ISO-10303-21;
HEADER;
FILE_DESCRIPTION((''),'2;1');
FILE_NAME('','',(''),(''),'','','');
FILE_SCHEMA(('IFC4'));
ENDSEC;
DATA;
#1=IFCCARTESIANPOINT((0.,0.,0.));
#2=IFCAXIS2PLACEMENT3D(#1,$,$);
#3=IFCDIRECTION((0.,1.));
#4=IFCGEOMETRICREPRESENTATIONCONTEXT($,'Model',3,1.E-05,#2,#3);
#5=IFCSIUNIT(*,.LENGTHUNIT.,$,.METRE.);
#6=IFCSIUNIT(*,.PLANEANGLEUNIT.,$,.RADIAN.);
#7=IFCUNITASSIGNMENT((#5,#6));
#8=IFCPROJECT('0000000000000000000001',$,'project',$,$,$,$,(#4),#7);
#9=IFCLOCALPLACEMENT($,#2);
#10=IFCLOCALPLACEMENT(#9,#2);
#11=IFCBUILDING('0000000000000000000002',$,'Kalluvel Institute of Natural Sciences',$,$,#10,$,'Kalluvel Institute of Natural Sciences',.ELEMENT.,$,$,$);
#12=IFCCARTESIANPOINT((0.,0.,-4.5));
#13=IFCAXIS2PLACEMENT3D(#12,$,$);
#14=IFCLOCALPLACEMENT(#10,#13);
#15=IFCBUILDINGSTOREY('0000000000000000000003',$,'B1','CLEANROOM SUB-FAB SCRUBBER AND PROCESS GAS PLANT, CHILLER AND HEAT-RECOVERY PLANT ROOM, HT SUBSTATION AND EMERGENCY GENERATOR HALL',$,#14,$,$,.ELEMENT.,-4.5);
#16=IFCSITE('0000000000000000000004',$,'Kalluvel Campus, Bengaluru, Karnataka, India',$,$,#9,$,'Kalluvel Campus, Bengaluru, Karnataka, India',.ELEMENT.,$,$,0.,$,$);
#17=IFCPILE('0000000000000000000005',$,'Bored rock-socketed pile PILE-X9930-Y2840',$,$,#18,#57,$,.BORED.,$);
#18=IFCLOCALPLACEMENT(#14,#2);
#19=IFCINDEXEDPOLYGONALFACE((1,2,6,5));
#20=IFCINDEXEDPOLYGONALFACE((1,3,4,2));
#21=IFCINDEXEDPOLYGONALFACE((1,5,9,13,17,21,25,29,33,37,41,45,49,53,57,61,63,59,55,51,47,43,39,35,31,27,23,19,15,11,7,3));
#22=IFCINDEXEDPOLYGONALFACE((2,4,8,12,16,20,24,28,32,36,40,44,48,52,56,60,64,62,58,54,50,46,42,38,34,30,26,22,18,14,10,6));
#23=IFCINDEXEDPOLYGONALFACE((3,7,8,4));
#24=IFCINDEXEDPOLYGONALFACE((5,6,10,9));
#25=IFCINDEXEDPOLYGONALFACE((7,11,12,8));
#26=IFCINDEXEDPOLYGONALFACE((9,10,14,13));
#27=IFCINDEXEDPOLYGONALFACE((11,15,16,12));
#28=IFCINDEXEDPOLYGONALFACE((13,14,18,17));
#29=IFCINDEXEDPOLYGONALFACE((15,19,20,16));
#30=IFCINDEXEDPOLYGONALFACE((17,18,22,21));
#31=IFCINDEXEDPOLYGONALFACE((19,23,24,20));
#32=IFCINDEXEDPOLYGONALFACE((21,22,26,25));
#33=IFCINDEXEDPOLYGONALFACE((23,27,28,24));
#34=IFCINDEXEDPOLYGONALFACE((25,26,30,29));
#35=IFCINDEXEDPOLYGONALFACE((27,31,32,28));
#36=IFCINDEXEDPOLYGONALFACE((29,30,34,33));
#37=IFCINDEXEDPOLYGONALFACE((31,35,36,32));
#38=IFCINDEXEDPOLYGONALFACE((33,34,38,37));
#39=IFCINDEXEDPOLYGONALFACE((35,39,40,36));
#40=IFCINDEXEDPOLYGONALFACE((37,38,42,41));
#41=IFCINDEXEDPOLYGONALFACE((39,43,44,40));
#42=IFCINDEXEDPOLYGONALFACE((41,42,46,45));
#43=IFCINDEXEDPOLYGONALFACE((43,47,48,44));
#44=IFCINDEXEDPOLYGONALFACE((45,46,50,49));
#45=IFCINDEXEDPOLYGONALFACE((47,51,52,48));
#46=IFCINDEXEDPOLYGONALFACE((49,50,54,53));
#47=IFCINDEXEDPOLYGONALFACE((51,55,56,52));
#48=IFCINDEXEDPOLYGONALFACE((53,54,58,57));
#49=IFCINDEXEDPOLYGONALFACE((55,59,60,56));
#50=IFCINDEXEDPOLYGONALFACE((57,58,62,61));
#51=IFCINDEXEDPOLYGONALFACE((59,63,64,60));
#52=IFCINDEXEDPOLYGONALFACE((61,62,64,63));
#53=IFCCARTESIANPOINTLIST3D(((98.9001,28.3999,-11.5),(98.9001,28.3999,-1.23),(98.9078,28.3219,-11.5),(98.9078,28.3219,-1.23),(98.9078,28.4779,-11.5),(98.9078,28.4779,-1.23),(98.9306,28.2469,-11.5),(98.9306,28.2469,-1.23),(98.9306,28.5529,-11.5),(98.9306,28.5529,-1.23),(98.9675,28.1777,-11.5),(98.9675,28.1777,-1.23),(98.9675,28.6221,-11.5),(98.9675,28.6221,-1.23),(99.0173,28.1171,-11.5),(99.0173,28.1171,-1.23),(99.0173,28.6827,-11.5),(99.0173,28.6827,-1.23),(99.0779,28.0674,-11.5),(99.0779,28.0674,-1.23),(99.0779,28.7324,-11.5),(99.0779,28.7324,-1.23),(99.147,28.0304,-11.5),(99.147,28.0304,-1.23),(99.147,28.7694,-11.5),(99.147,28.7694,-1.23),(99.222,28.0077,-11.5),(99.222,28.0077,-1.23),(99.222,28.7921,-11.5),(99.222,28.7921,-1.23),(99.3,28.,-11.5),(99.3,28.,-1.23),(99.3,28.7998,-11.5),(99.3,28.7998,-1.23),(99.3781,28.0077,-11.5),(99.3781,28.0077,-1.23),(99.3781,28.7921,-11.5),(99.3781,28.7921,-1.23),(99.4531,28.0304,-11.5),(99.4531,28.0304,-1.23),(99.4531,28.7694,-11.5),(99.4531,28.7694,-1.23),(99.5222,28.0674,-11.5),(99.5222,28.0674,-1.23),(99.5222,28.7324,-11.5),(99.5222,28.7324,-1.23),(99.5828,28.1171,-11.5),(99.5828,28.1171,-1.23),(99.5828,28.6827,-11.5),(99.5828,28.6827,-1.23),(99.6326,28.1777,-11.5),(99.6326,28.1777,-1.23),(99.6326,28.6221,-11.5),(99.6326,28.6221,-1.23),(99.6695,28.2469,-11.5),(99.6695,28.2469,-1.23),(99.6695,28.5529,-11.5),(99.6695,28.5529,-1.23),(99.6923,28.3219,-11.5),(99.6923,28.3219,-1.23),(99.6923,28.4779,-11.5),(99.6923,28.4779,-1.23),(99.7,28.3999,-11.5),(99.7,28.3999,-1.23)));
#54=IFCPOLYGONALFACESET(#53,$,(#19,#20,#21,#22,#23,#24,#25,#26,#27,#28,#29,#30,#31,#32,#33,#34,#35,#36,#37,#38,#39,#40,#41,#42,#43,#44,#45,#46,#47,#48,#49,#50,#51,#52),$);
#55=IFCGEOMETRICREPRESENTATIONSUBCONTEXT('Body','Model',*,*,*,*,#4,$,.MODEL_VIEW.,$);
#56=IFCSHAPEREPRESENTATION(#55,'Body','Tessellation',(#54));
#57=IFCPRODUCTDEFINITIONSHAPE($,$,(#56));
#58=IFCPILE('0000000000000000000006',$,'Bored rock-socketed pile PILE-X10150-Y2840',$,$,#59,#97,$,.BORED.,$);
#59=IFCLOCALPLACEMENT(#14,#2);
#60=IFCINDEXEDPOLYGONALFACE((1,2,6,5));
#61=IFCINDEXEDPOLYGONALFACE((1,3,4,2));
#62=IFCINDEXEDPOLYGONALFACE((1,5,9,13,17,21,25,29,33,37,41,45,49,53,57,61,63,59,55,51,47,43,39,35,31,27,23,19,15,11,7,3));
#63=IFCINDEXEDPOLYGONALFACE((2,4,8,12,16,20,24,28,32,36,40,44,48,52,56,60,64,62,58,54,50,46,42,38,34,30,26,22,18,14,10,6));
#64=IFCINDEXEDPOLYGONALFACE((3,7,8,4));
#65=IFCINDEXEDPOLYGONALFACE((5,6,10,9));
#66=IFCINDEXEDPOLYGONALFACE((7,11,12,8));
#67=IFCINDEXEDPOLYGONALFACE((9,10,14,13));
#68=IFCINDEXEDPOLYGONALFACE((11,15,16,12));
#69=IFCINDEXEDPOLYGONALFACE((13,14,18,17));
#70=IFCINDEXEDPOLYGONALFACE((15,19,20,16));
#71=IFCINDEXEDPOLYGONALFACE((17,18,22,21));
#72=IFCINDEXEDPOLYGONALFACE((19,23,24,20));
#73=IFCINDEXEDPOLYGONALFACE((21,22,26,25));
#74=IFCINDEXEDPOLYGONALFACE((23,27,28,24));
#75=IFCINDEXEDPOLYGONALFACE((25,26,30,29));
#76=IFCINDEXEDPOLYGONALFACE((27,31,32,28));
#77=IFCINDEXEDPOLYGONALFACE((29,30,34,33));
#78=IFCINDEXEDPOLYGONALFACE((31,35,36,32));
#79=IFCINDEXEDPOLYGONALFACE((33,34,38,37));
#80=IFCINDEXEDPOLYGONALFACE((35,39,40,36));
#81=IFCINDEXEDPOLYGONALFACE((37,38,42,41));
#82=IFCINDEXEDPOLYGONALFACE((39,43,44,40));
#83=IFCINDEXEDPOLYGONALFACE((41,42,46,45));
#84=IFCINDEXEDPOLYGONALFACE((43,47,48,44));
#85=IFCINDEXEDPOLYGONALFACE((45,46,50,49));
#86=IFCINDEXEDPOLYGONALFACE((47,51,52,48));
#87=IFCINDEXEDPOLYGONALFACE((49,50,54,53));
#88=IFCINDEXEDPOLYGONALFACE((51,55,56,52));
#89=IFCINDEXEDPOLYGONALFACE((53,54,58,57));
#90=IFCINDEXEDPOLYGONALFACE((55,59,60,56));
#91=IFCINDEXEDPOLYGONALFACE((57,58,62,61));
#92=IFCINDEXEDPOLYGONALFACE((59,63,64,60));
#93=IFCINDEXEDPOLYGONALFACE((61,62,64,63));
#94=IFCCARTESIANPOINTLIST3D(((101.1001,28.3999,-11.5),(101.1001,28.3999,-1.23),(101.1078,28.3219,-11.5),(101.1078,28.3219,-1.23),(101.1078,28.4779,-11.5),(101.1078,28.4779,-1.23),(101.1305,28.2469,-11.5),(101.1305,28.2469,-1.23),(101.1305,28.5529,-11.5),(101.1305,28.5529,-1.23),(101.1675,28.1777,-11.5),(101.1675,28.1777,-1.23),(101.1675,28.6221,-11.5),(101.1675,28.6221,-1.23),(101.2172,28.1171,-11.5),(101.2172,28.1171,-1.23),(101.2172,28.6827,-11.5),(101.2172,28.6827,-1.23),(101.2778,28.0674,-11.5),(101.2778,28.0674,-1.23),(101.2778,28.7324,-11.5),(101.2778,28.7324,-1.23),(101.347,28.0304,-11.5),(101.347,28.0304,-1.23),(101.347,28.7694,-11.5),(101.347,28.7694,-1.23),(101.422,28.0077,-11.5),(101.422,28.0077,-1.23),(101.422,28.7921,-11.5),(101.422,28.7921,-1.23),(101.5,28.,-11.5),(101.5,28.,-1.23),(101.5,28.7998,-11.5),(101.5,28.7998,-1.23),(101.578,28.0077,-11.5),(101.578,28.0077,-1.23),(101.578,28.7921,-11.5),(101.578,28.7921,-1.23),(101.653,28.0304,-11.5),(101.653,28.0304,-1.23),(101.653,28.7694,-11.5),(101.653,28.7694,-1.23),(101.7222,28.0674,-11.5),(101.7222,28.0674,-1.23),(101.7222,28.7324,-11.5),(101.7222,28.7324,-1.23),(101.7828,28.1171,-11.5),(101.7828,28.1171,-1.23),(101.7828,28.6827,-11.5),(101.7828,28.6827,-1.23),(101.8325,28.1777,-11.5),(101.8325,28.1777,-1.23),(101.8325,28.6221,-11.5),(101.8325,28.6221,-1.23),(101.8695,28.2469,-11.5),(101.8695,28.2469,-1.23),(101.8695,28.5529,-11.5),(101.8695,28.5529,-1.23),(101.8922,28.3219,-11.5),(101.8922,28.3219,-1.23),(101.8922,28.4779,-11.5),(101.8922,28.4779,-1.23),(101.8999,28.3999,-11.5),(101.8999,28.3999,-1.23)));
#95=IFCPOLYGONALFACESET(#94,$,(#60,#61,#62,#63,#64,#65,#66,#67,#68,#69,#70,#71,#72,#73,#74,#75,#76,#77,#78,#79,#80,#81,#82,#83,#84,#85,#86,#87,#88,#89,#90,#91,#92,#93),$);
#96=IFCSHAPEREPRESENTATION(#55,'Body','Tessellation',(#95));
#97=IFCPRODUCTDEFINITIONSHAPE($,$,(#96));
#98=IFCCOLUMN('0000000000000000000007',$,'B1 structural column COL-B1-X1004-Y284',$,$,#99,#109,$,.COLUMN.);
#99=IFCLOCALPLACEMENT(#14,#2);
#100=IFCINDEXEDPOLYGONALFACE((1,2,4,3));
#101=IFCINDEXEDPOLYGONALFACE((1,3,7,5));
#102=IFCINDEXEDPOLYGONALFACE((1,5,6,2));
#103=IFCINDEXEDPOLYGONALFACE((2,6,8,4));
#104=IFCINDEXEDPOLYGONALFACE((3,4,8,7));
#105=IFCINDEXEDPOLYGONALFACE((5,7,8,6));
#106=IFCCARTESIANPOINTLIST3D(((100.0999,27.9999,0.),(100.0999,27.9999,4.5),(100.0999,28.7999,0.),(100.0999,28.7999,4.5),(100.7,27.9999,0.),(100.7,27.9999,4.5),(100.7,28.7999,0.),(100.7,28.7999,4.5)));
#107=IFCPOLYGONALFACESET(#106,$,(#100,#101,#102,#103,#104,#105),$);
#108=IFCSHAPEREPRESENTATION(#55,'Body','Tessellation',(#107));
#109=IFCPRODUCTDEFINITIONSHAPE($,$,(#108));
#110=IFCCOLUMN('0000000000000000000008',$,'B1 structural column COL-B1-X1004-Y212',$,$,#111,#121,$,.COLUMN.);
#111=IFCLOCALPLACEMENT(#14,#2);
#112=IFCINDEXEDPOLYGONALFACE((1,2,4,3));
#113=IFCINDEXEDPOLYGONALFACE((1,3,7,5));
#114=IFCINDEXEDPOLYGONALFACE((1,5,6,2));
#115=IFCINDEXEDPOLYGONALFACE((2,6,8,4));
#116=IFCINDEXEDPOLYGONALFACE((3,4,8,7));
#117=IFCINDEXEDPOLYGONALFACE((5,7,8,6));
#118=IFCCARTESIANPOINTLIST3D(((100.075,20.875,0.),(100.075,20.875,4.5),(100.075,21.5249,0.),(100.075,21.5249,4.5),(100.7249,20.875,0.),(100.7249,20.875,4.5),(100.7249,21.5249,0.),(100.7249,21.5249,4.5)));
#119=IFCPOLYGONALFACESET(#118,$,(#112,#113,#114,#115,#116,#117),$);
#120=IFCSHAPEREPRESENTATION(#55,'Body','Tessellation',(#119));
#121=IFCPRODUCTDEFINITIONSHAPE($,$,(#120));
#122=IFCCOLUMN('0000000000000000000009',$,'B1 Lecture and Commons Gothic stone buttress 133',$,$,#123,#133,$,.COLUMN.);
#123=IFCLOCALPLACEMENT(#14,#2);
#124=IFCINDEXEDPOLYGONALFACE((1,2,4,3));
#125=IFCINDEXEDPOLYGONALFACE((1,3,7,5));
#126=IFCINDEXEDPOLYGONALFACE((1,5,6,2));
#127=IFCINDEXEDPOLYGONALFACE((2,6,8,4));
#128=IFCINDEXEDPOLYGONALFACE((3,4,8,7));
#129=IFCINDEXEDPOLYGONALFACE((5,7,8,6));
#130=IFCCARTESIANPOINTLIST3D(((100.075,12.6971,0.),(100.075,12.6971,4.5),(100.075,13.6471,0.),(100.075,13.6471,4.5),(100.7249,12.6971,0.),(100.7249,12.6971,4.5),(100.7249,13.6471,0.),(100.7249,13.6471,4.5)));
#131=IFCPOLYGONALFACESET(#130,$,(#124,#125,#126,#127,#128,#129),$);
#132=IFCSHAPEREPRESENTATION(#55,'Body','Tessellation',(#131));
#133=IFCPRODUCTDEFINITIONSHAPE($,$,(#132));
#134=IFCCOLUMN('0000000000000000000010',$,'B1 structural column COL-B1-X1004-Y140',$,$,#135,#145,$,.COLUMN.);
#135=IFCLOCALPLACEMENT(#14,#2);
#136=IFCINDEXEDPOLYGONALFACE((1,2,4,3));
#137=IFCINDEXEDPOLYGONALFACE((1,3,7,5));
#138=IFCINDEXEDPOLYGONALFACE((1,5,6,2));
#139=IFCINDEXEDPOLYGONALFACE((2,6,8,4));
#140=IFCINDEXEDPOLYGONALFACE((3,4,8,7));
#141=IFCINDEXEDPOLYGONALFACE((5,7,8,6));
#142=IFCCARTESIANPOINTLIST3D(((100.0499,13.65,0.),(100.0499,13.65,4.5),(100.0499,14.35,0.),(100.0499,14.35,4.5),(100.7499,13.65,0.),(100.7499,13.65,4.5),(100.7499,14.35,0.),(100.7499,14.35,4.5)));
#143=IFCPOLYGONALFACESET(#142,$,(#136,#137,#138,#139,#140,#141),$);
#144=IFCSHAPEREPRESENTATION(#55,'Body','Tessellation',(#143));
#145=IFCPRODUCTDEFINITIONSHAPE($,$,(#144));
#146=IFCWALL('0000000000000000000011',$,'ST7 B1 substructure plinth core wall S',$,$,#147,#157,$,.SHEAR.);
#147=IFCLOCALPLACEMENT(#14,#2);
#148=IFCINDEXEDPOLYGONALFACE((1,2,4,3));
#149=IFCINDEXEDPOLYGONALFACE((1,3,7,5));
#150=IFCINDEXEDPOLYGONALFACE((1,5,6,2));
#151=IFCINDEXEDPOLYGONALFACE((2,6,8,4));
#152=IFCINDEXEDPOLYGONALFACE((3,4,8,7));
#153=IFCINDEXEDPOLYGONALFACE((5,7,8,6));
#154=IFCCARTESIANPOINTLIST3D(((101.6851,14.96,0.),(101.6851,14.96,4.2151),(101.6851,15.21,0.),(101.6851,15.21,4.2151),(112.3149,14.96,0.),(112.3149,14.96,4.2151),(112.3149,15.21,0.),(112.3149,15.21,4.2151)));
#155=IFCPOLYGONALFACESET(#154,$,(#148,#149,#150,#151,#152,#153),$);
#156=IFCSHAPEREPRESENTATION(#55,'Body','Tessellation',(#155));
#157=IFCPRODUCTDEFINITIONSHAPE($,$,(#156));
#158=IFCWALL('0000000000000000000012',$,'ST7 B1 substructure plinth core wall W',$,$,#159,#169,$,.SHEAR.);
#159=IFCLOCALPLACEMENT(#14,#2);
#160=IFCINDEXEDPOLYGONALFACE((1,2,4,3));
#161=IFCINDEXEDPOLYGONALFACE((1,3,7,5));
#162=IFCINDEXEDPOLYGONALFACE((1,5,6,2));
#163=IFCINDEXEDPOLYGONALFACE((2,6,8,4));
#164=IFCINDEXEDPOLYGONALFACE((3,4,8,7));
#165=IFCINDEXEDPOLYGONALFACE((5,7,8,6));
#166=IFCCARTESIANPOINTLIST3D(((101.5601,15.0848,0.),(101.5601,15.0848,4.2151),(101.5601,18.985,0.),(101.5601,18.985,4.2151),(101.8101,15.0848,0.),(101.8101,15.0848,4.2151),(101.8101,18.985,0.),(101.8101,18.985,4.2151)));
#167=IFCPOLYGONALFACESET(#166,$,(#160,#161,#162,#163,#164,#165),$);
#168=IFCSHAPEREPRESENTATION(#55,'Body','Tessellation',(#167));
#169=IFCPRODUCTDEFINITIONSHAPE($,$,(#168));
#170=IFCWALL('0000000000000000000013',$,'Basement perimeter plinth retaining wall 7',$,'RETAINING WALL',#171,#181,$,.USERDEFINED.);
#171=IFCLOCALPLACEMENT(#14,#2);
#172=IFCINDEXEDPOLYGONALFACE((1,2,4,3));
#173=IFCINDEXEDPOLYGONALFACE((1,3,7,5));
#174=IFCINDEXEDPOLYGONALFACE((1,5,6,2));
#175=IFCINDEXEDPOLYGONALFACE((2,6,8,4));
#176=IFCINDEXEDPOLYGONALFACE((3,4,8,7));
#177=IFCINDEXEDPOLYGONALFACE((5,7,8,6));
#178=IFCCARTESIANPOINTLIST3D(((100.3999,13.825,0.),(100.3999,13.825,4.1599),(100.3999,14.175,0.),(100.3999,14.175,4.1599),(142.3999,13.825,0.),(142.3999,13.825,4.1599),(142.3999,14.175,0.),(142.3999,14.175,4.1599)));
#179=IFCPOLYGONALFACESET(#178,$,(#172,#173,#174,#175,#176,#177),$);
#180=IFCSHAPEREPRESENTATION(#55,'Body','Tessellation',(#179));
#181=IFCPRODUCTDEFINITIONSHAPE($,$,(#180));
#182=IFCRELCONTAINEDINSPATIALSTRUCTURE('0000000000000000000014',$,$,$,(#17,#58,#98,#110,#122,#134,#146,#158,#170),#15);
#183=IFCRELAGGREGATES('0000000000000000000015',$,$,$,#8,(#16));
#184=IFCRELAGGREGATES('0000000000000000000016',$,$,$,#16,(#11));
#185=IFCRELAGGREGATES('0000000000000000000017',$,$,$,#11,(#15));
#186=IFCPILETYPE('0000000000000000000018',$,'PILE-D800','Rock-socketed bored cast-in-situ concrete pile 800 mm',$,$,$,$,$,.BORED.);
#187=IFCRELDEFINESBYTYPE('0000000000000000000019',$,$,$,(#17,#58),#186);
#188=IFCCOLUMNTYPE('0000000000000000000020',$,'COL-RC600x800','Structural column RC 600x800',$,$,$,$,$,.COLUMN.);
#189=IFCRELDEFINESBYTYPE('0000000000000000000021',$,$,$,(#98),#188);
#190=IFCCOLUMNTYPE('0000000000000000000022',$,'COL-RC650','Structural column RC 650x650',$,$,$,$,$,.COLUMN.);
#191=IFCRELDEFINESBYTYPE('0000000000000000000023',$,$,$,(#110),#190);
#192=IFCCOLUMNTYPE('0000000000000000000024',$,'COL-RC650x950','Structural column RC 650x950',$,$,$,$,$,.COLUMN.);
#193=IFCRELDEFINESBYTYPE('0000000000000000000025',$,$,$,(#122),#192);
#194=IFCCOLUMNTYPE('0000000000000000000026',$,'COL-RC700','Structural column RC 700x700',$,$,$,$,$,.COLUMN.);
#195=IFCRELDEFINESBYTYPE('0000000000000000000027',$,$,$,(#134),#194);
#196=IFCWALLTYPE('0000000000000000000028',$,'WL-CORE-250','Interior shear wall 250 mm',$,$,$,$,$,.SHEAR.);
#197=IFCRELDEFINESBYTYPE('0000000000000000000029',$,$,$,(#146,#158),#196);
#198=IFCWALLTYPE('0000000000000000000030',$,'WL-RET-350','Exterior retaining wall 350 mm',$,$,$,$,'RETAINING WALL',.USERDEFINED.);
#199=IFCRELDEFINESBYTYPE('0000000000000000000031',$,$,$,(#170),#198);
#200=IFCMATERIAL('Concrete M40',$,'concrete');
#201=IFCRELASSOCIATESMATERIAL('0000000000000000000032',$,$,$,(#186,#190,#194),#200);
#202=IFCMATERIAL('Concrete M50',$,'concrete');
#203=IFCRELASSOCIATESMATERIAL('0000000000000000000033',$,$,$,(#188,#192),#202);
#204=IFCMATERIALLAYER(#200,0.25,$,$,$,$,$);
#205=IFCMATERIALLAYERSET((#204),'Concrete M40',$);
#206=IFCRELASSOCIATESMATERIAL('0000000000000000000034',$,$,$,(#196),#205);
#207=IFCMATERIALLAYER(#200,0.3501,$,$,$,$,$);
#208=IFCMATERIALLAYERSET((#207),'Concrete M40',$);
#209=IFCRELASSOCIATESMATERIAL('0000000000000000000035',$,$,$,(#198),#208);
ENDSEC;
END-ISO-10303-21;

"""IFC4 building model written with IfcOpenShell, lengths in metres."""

from ifc_helpers import new_model, si_unit, direction, frame, frame_2d, origin, origin_2d, place, context, subcontext, project, spatial, rectangle, circle, extrude, material, layer, layer_set, material_profile, profile_set, type_object, element, save


model = new_model("IFC4")

# Units and contexts
model_context = context("Model", 3, precision=1e-05, world=origin(), true_north=direction((0.0, 1.0)))
body_context = subcontext(model_context, "Body", "Model", "MODEL_VIEW")
ifc_project = project(units=[si_unit("LENGTHUNIT", "METRE"), si_unit("PLANEANGLEUNIT", "RADIAN")], contexts=[model_context])

# Site, building, storey
site_placement = place(None, origin())
site = spatial("IfcSite", under=ifc_project, at=site_placement, Name="Kalluvel Campus, Bengaluru, Karnataka, India", LongName="Kalluvel Campus, Bengaluru, Karnataka, India", CompositionType="ELEMENT", RefElevation=0.0)
building_placement = place(site_placement, origin())
building = spatial("IfcBuilding", under=site, at=building_placement, Name="Kalluvel Institute of Natural Sciences", LongName="Kalluvel Institute of Natural Sciences", CompositionType="ELEMENT")
storey_placement = place(building_placement, frame((0.0, 0.0, -4.5)))
storey = spatial("IfcBuildingStorey", under=building, at=storey_placement, Name="B1", Description="CLEANROOM SUB-FAB SCRUBBER AND PROCESS GAS PLANT, CHILLER AND HEAT-RECOVERY PLANT ROOM, HT SUBSTATION AND EMERGENCY GENERATOR HALL", CompositionType="ELEMENT", Elevation=-4.5)

# Shared definitions
ifc_material_1 = material(Name="Concrete M40", Category="concrete")

# Piles
ifc_material_profile_1 = material_profile(ifc_material_1, circle(Radius=0.3999, at=origin_2d()), Name="PILE D800")
ifc_profile_set_1 = profile_set([ifc_material_profile_1], Name="Concrete M40")
pile_type_1 = type_object("IfcPileType", Name="PILE-D800", Description="Rock-socketed bored cast-in-situ concrete pile 800 mm", PredefinedType="BORED", material=ifc_profile_set_1)
for number, where, z_axis, x_axis, name in (
    (1, (99.3, 28.3999, -1.23), (0.0, 0.0, -1.0), (1.0, 0.0, 0.0), "Bored rock-socketed pile PILE-X9930-Y2840"),
    (2, (101.5, 28.3999, -1.23), (0.0, 0.0, -1.0), (1.0, 0.0, 0.0), "Bored rock-socketed pile PILE-X10150-Y2840"),
):
    element("IfcPile", number, at=place(storey_placement, frame(where, z_axis=z_axis, x_axis=x_axis)), inside=storey, type_object=pile_type_1, Name=name, PredefinedType="BORED", context=body_context, shape_type="SweptSolid", body=[
        extrude(circle(Radius=0.3999, at=origin_2d()), origin(), (0.0, 0.0, 1.0), 10.27),
    ])

# Columns
ifc_material_2 = material(Name="Concrete M50", Category="concrete")
ifc_material_profile_2 = material_profile(ifc_material_2, rectangle(XDim=0.6001, YDim=0.8, at=origin_2d()), Name="RC 600x800")
ifc_profile_set_2 = profile_set([ifc_material_profile_2], Name="Concrete M50")
column_type_1 = type_object("IfcColumnType", Name="COL-RC600x800", Description="Structural column RC 600x800", PredefinedType="COLUMN", material=ifc_profile_set_2)
column_1_placement = place(storey_placement, frame((100.3999, 28.3999, 0.0), z_axis=(0.0, 0.0, 1.0), x_axis=(1.0, 0.0, 0.0)))
element("IfcColumn", 3, at=column_1_placement, inside=storey, type_object=column_type_1, Name="B1 structural column COL-B1-X1004-Y284", PredefinedType="COLUMN", context=body_context, shape_type="SweptSolid", body=[
    extrude(rectangle(XDim=0.6001, YDim=0.8, at=origin_2d()), origin(), (0.0, 0.0, 1.0), 4.5),
])
ifc_material_profile_3 = material_profile(ifc_material_1, rectangle(XDim=0.6499, YDim=0.6499, at=origin_2d()), Name="RC 650x650")
ifc_profile_set_3 = profile_set([ifc_material_profile_3], Name="Concrete M40")
column_type_2 = type_object("IfcColumnType", Name="COL-RC650", Description="Structural column RC 650x650", PredefinedType="COLUMN", material=ifc_profile_set_3)
column_2_placement = place(storey_placement, frame((100.3999, 21.2, 0.0), z_axis=(0.0, 0.0, 1.0), x_axis=(1.0, 0.0, 0.0)))
element("IfcColumn", 4, at=column_2_placement, inside=storey, type_object=column_type_2, Name="B1 structural column COL-B1-X1004-Y212", PredefinedType="COLUMN", context=body_context, shape_type="SweptSolid", body=[
    extrude(rectangle(XDim=0.6499, YDim=0.6499, at=origin_2d()), origin(), (0.0, 0.0, 1.0), 4.5),
])
ifc_material_profile_4 = material_profile(ifc_material_2, rectangle(XDim=0.6499, YDim=0.95, at=origin_2d()), Name="RC 650x950")
ifc_profile_set_4 = profile_set([ifc_material_profile_4], Name="Concrete M50")
column_type_3 = type_object("IfcColumnType", Name="COL-RC650x950", Description="Structural column RC 650x950", PredefinedType="COLUMN", material=ifc_profile_set_4)
column_3_placement = place(storey_placement, frame((100.3999, 13.1721, 0.0), z_axis=(0.0, 0.0, 1.0), x_axis=(1.0, 0.0, 0.0)))
element("IfcColumn", 5, at=column_3_placement, inside=storey, type_object=column_type_3, Name="B1 Lecture and Commons Gothic stone buttress 133", PredefinedType="COLUMN", context=body_context, shape_type="SweptSolid", body=[
    extrude(rectangle(XDim=0.6499, YDim=0.95, at=origin_2d()), origin(), (0.0, 0.0, 1.0), 4.5),
])
ifc_material_profile_5 = material_profile(ifc_material_1, rectangle(XDim=0.7, YDim=0.7, at=origin_2d()), Name="RC 700x700")
ifc_profile_set_5 = profile_set([ifc_material_profile_5], Name="Concrete M40")
column_type_4 = type_object("IfcColumnType", Name="COL-RC700", Description="Structural column RC 700x700", PredefinedType="COLUMN", material=ifc_profile_set_5)
column_4_placement = place(storey_placement, frame((100.3999, 14.0, 0.0), z_axis=(0.0, 0.0, 1.0), x_axis=(1.0, 0.0, 0.0)))
element("IfcColumn", 6, at=column_4_placement, inside=storey, type_object=column_type_4, Name="B1 structural column COL-B1-X1004-Y140", PredefinedType="COLUMN", context=body_context, shape_type="SweptSolid", body=[
    extrude(rectangle(XDim=0.7, YDim=0.7, at=origin_2d()), origin(), (0.0, 0.0, 1.0), 4.5),
])

# Walls
ifc_layer_1 = layer(ifc_material_1, 0.25)
ifc_layer_set_1 = layer_set([ifc_layer_1], Name="Concrete M40")
wall_type_1 = type_object("IfcWallType", Name="WL-CORE-250", Description="Interior shear wall 250 mm", PredefinedType="SHEAR", material=ifc_layer_set_1)
wall_1_placement = place(storey_placement, frame((101.6851, 15.085, 0.0), z_axis=(0.0, 0.0, 1.0), x_axis=(1.0, 0.0, 0.0)))
element("IfcWall", 7, at=wall_1_placement, inside=storey, type_object=wall_type_1, Name="ST7 B1 substructure plinth core wall S", PredefinedType="SHEAR", context=body_context, shape_type="SweptSolid", body=[
    extrude(rectangle(XDim=10.6299, YDim=0.25, at=frame_2d((5.3149, 0.0))), origin(), (0.0, 0.0, 1.0), 4.2151),
])
wall_2_placement = place(storey_placement, frame((101.6851, 18.9851, 0.0), z_axis=(0.0, 0.0, 1.0), x_axis=(0.0, -1.0, 0.0)))
element("IfcWall", 8, at=wall_2_placement, inside=storey, type_object=wall_type_1, Name="ST7 B1 substructure plinth core wall W", PredefinedType="SHEAR", context=body_context, shape_type="SweptSolid", body=[
    extrude(rectangle(XDim=3.9001, YDim=0.25, at=frame_2d((1.9502, 0.0))), origin(), (0.0, 0.0, 1.0), 4.2151),
])
ifc_layer_2 = layer(ifc_material_1, 0.3501)
ifc_layer_set_2 = layer_set([ifc_layer_2], Name="Concrete M40")
wall_type_2 = type_object("IfcWallType", Name="WL-RET-350", Description="Exterior retaining wall 350 mm", ElementType="RETAINING WALL", PredefinedType="USERDEFINED", material=ifc_layer_set_2)
wall_3_placement = place(storey_placement, frame((100.3999, 14.0, 0.0), z_axis=(0.0, 0.0, 1.0), x_axis=(1.0, 0.0, 0.0)))
element("IfcWall", 9, at=wall_3_placement, inside=storey, type_object=wall_type_2, Name="Basement perimeter plinth retaining wall 7", ObjectType="RETAINING WALL", PredefinedType="USERDEFINED", context=body_context, shape_type="SweptSolid", body=[
    extrude(rectangle(XDim=42.0, YDim=0.3501, at=frame_2d((21.0, 0.0))), origin(), (0.0, 0.0, 1.0), 4.1599),
])

save(model, "model.ifc")
